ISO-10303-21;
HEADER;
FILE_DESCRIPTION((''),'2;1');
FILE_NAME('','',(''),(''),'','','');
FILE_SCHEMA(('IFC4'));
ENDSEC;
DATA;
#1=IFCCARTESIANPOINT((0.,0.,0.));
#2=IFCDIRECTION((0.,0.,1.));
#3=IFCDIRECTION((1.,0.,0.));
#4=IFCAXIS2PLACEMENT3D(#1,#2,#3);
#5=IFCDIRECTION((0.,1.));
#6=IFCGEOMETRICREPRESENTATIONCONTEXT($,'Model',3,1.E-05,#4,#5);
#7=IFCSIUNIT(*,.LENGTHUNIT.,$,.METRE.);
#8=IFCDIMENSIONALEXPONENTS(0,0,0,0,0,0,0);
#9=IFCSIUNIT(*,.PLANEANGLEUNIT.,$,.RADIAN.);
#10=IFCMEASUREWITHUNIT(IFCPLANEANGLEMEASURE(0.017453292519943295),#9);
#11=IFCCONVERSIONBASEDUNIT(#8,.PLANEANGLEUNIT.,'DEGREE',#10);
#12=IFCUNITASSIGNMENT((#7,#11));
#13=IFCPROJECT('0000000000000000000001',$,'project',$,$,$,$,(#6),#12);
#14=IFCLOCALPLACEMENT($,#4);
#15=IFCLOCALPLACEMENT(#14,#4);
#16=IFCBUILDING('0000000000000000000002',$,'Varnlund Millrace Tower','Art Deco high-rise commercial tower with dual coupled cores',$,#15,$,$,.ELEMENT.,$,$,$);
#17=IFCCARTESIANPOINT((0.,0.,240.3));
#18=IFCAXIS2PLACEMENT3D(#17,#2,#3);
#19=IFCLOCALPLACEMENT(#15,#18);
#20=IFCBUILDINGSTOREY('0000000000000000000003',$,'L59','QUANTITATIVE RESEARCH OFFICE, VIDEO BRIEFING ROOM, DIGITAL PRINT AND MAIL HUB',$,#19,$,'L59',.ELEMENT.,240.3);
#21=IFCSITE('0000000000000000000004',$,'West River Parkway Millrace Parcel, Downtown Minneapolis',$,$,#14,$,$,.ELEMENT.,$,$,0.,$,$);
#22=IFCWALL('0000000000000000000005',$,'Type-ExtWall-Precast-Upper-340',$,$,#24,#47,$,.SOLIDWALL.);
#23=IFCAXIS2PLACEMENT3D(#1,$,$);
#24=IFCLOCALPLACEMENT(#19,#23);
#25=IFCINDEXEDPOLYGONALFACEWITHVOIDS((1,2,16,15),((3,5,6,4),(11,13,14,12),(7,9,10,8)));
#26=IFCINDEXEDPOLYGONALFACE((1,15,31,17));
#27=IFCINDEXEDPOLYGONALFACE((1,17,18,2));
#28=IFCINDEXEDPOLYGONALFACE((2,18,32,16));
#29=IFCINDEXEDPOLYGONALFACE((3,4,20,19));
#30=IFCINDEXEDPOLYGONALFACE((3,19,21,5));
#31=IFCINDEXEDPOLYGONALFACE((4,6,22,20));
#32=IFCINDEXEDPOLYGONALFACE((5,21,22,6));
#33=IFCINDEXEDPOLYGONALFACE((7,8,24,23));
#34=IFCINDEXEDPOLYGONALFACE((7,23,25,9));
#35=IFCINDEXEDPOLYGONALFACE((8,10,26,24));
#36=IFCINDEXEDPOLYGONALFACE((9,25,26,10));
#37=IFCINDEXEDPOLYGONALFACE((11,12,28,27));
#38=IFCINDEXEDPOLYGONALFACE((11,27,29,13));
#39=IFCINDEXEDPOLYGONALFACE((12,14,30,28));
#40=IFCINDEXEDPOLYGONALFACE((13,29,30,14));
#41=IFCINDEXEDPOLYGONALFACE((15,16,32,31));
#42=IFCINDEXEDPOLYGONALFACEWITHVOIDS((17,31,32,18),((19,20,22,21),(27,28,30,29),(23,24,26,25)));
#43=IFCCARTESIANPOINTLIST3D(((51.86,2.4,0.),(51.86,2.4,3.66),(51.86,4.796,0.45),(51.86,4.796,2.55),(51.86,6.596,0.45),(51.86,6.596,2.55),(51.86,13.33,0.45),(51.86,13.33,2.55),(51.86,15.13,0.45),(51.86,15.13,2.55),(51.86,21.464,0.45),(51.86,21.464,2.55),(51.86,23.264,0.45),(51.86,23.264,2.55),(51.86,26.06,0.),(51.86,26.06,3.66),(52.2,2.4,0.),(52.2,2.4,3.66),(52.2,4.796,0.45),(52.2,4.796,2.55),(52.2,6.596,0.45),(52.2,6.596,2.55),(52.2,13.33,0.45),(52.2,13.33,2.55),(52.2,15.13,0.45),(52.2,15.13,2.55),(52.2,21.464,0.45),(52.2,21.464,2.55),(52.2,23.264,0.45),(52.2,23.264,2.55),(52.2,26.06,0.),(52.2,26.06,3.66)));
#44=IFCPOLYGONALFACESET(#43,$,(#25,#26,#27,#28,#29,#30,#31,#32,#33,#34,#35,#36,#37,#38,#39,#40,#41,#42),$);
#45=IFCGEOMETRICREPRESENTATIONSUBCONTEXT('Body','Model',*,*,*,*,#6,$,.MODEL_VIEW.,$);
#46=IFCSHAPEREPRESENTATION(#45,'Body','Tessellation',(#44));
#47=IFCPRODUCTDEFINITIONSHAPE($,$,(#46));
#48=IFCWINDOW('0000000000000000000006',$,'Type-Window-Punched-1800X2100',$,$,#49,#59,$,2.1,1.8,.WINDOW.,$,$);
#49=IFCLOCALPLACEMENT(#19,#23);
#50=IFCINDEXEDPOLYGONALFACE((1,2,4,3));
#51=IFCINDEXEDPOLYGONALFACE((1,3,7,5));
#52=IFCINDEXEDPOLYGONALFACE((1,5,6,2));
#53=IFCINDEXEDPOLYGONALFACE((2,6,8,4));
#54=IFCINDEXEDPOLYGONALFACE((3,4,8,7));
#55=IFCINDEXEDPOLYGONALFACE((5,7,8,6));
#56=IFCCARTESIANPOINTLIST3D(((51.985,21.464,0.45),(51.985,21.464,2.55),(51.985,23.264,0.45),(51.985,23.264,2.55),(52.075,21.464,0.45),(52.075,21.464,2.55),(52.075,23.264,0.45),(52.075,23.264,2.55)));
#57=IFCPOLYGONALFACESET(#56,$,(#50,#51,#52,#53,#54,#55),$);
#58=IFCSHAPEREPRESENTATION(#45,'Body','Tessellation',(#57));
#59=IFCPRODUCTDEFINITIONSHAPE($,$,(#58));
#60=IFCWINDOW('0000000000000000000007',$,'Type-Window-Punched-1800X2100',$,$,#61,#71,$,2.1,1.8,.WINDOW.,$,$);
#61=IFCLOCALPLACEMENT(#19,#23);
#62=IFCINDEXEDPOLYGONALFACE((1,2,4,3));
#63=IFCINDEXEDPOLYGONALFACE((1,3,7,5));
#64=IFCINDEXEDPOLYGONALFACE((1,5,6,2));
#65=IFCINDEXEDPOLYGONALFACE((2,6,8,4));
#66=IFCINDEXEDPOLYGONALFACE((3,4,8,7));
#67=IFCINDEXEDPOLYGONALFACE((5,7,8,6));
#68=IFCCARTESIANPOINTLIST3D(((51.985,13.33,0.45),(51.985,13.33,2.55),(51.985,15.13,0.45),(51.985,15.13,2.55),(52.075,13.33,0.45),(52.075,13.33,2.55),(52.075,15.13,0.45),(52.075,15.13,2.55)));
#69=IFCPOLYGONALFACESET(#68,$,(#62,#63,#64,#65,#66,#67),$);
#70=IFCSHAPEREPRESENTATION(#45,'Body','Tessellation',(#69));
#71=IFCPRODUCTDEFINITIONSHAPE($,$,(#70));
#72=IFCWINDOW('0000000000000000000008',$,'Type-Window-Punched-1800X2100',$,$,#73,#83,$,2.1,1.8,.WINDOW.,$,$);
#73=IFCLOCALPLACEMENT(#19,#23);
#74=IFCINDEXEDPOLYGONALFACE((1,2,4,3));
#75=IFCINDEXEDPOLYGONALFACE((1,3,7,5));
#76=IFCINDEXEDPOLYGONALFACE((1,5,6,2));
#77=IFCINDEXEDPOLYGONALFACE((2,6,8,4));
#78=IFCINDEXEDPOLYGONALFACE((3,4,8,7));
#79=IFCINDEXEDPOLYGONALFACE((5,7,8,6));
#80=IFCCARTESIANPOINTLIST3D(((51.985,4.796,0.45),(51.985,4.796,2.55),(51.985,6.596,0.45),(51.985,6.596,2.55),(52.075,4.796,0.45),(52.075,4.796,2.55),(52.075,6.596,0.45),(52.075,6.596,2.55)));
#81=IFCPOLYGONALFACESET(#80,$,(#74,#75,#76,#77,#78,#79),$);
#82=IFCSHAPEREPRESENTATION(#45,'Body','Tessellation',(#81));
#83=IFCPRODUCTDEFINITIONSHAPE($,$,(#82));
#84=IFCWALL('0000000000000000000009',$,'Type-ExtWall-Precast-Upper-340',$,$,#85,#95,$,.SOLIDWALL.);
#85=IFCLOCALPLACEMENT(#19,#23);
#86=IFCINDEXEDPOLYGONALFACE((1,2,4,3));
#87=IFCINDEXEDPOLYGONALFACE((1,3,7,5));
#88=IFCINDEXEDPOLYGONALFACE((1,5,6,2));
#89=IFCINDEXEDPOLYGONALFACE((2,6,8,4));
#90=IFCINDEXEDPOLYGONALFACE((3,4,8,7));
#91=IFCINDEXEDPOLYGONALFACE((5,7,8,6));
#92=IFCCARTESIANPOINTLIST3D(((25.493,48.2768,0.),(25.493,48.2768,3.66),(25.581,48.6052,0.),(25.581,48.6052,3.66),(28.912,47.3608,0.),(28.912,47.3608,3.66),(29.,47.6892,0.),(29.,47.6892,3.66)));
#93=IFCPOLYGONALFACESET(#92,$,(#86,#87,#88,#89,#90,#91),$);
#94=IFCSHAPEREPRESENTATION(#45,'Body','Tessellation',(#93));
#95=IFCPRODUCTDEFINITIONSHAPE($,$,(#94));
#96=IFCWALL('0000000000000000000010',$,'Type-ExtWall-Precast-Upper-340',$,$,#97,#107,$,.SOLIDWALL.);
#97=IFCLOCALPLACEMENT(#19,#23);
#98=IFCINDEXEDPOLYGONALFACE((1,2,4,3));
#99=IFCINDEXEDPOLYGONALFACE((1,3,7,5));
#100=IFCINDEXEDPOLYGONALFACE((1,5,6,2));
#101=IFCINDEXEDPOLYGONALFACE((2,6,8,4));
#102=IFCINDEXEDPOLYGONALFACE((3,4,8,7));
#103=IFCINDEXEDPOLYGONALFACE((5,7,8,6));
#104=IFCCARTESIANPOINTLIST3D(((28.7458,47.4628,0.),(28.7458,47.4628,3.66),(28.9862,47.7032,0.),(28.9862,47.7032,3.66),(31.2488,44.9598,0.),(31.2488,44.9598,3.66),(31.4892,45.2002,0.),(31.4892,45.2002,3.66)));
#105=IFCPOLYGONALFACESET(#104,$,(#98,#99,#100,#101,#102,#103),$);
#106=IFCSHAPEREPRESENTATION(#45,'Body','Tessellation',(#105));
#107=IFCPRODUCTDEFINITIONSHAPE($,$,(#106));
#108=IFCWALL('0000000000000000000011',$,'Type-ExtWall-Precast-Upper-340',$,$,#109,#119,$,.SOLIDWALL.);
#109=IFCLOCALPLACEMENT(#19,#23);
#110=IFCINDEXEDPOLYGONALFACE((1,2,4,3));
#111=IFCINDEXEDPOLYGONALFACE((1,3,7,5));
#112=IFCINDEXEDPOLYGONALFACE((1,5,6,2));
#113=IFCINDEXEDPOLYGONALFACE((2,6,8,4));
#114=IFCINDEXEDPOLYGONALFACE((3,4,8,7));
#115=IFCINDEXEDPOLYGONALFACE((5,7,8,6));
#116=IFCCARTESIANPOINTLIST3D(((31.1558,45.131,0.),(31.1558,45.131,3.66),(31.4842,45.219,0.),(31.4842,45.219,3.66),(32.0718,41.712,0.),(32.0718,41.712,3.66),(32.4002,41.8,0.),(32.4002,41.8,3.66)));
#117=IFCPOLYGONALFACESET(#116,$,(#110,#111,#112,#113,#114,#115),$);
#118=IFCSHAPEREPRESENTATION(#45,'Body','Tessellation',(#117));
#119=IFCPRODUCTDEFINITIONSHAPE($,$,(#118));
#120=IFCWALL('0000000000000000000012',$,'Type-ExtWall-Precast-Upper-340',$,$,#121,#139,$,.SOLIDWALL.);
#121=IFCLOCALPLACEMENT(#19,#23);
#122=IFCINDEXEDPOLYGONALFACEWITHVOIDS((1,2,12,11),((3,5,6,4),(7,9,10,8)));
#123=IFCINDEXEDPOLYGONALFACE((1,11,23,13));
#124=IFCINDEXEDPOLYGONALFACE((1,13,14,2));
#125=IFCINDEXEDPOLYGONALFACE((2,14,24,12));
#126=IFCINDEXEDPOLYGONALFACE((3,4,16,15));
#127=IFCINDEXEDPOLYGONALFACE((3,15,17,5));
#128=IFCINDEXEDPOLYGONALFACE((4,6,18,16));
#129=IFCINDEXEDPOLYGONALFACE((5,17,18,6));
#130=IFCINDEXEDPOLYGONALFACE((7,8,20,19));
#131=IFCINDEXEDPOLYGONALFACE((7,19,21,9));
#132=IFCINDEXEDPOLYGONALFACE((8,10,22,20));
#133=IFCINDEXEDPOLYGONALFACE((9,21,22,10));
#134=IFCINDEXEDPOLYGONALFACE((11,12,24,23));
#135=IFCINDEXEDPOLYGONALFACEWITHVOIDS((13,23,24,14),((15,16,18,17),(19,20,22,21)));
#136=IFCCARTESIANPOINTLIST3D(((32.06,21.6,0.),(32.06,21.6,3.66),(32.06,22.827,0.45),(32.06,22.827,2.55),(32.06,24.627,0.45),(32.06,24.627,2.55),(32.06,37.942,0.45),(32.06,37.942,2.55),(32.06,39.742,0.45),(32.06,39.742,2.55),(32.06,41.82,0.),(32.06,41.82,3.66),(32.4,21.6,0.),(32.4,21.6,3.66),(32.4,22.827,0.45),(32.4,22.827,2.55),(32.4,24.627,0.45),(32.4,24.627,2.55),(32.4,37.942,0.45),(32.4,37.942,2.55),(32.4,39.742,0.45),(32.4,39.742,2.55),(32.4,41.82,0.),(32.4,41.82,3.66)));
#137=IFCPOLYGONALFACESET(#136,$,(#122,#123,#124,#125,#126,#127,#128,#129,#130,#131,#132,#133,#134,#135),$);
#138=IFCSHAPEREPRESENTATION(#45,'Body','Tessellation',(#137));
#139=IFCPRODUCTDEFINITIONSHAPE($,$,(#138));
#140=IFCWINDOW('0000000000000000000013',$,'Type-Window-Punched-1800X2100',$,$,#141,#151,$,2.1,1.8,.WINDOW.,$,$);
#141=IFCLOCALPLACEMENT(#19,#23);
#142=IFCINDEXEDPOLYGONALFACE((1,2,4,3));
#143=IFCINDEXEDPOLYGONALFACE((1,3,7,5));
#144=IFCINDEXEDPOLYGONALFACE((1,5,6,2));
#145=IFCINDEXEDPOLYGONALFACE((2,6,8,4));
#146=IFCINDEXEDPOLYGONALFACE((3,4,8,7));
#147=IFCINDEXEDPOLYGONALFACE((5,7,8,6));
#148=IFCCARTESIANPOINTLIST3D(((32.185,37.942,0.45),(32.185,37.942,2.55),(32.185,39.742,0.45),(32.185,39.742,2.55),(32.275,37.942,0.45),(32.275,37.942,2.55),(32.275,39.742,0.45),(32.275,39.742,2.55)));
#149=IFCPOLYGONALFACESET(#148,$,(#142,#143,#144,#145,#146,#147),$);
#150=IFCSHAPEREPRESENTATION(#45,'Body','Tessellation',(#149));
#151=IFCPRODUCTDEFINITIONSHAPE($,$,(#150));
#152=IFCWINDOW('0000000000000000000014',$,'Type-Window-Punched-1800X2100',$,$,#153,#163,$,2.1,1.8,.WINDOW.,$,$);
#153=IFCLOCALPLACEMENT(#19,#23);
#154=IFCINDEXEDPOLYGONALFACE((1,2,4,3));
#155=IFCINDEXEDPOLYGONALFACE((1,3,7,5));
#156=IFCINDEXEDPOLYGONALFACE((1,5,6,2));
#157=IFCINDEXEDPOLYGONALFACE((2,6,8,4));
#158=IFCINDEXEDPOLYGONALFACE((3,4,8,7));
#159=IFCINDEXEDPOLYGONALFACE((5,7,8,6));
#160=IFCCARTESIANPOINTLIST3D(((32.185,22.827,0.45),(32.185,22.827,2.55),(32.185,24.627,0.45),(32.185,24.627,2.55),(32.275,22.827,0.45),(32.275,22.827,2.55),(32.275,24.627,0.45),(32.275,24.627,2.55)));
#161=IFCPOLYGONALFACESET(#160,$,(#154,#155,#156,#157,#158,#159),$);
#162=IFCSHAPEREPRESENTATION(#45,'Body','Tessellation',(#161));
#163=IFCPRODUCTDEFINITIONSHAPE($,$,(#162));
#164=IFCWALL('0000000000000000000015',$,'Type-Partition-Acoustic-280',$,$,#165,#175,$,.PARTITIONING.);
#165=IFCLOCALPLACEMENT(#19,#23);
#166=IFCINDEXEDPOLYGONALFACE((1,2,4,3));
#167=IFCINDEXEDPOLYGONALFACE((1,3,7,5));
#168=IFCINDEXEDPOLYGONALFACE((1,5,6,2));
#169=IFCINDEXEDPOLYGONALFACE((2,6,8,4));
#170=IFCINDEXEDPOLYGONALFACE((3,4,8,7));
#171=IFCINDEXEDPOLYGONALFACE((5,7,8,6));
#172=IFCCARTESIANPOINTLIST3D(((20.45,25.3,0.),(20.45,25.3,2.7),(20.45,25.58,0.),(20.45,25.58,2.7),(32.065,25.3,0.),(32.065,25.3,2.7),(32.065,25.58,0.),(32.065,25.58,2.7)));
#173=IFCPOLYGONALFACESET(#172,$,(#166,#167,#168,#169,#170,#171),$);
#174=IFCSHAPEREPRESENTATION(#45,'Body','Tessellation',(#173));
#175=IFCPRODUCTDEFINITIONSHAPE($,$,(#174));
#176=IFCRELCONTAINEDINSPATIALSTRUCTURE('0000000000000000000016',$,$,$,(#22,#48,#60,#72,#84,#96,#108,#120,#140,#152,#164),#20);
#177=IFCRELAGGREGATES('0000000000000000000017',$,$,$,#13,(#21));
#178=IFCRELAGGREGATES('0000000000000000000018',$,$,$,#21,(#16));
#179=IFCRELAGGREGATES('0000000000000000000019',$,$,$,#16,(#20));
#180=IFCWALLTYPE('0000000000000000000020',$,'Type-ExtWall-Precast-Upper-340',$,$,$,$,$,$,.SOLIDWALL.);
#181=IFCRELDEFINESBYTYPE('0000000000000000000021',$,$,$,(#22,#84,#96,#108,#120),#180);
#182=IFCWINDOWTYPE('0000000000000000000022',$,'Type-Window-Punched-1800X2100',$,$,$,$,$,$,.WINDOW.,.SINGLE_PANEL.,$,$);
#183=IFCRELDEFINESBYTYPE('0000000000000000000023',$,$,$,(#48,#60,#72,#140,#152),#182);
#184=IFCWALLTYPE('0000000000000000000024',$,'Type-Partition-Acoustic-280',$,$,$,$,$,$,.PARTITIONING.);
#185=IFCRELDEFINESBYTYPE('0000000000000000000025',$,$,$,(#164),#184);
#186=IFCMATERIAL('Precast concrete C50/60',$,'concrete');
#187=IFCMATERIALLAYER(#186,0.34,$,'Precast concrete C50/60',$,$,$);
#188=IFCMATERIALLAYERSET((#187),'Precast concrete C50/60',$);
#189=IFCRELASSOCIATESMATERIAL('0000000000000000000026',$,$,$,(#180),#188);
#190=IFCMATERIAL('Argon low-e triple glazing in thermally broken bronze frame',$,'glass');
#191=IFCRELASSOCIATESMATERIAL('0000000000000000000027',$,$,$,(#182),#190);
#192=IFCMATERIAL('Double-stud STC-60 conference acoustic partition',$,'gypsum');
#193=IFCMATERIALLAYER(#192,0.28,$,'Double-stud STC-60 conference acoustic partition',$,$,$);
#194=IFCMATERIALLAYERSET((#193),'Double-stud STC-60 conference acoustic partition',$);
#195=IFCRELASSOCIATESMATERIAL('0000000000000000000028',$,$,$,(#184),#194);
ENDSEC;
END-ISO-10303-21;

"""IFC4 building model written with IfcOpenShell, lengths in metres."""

from ifc_helpers import new_model, entity, si_unit, converted_unit, direction, frame, origin_with_axes, origin_2d_with_axis, place, context, subcontext, project, spatial, polyline, rectangle, outline, extrude, material, layer, layer_set, type_object, element, fill, save


model = new_model("IFC4")

# Units and contexts
model_context = context("Model", 3, precision=1e-05, world=origin_with_axes(), true_north=direction((0.0, 1.0)))
body_context = subcontext(model_context, "Body", "Model", "MODEL_VIEW")
ifc_project = project(units=[si_unit("LENGTHUNIT", "METRE"), converted_unit("PLANEANGLEUNIT", "DEGREE", entity("IfcPlaneAngleMeasure", 0.017453292519943295), si_unit("PLANEANGLEUNIT", "RADIAN"), dimensions=[0, 0, 0, 0, 0, 0, 0])], contexts=[model_context])

# Site, building, storey
site_placement = place(None, origin_with_axes())
site = spatial("IfcSite", under=ifc_project, at=site_placement, Name="West River Parkway Millrace Parcel, Downtown Minneapolis", CompositionType="ELEMENT", RefElevation=0.0)
building_placement = place(site_placement, origin_with_axes())
building = spatial("IfcBuilding", under=site, at=building_placement, Name="Varnlund Millrace Tower", Description="Art Deco high-rise commercial tower with dual coupled cores", CompositionType="ELEMENT")
storey_placement = place(building_placement, frame((0.0, 0.0, 240.3), z_axis=(0.0, 0.0, 1.0), x_axis=(1.0, 0.0, 0.0)))
storey = spatial("IfcBuildingStorey", under=building, at=storey_placement, Name="L59", Description="QUANTITATIVE RESEARCH OFFICE, VIDEO BRIEFING ROOM, DIGITAL PRINT AND MAIL HUB", LongName="L59", CompositionType="ELEMENT", Elevation=240.3)

# Shared definitions
ifc_material_1 = material(Name="Precast concrete C50/60", Category="concrete")
ifc_layer_1 = layer(ifc_material_1, 0.34, Name="Precast concrete C50/60")
ifc_layer_set_1 = layer_set([ifc_layer_1], Name="Precast concrete C50/60")
wall_type_1 = type_object("IfcWallType", Name="Type-ExtWall-Precast-Upper-340", PredefinedType="SOLIDWALL", material=ifc_layer_set_1)
ifc_material_2 = material(Name="Argon low-e triple glazing in thermally broken bronze frame", Category="glass")
window_type = type_object("IfcWindowType", Name="Type-Window-Punched-1800X2100", PartitioningType="SINGLE_PANEL", PredefinedType="WINDOW", material=ifc_material_2)

# Wall, openings, windows
wall_1_placement = place(storey_placement, frame((52.03, 26.06, 0.0), z_axis=(0.0, 0.0, 1.0), x_axis=(0.0, -1.0, 0.0)))
wall_1 = element("IfcWall", 1, at=wall_1_placement, inside=storey, type_object=wall_type_1, Name="Type-ExtWall-Precast-Upper-340", PredefinedType="SOLIDWALL", context=body_context, shape_type="SweptSolid", body=[
    extrude(outline(polyline([(0.0, -0.17), (23.66, -0.17), (23.66, 0.17), (0.0, 0.17), (0.0, -0.17)])), origin_with_axes(), (0.0, 0.0, 1.0), 3.66),
])
opening_1_placement = place(wall_1_placement, frame((3.696, 0.0, 0.45), z_axis=(0.0, 0.0, 1.0), x_axis=(1.0, 0.0, 0.0)))
opening_1 = element("IfcOpeningElement", 2, at=opening_1_placement, cuts=wall_1, PredefinedType="OPENING", context=body_context, shape_type="SweptSolid", body=[
    extrude(rectangle(XDim=1.8, YDim=0.36, at=origin_2d_with_axis()), origin_with_axes(), (0.0, 0.0, 1.0), 2.1),
])
opening_2_placement = place(wall_1_placement, frame((11.83, 0.0, 0.45), z_axis=(0.0, 0.0, 1.0), x_axis=(1.0, 0.0, 0.0)))
opening_2 = element("IfcOpeningElement", 3, at=opening_2_placement, cuts=wall_1, PredefinedType="OPENING", context=body_context, shape_type="SweptSolid", body=[
    extrude(rectangle(XDim=1.8, YDim=0.36, at=origin_2d_with_axis()), origin_with_axes(), (0.0, 0.0, 1.0), 2.1),
])
opening_3_placement = place(wall_1_placement, frame((20.364, 0.0, 0.45), z_axis=(0.0, 0.0, 1.0), x_axis=(1.0, 0.0, 0.0)))
opening_3 = element("IfcOpeningElement", 4, at=opening_3_placement, cuts=wall_1, PredefinedType="OPENING", context=body_context, shape_type="SweptSolid", body=[
    extrude(rectangle(XDim=1.8, YDim=0.36, at=origin_2d_with_axis()), origin_with_axes(), (0.0, 0.0, 1.0), 2.1),
])
window_1_placement = place(wall_1_placement, frame((3.696, 0.0, 0.45), z_axis=(0.0, 0.0, 1.0), x_axis=(1.0, 0.0, 0.0)))
window_1 = element("IfcWindow", 5, at=window_1_placement, inside=storey, type_object=window_type, Name="Type-Window-Punched-1800X2100", OverallHeight=2.1, OverallWidth=1.8, PredefinedType="WINDOW", context=body_context, shape_type="SweptSolid", body=[
    extrude(rectangle(XDim=1.8, YDim=0.09, at=origin_2d_with_axis()), origin_with_axes(), (0.0, 0.0, 1.0), 2.1),
])
fill(opening_1, window_1)
window_2_placement = place(wall_1_placement, frame((11.83, 0.0, 0.45), z_axis=(0.0, 0.0, 1.0), x_axis=(1.0, 0.0, 0.0)))
window_2 = element("IfcWindow", 6, at=window_2_placement, inside=storey, type_object=window_type, Name="Type-Window-Punched-1800X2100", OverallHeight=2.1, OverallWidth=1.8, PredefinedType="WINDOW", context=body_context, shape_type="SweptSolid", body=[
    extrude(rectangle(XDim=1.8, YDim=0.09, at=origin_2d_with_axis()), origin_with_axes(), (0.0, 0.0, 1.0), 2.1),
])
fill(opening_2, window_2)
window_3_placement = place(wall_1_placement, frame((20.364, 0.0, 0.45), z_axis=(0.0, 0.0, 1.0), x_axis=(1.0, 0.0, 0.0)))
window_3 = element("IfcWindow", 7, at=window_3_placement, inside=storey, type_object=window_type, Name="Type-Window-Punched-1800X2100", OverallHeight=2.1, OverallWidth=1.8, PredefinedType="WINDOW", context=body_context, shape_type="SweptSolid", body=[
    extrude(rectangle(XDim=1.8, YDim=0.09, at=origin_2d_with_axis()), origin_with_axes(), (0.0, 0.0, 1.0), 2.1),
])
fill(opening_3, window_3)

# Walls
wall_2_placement = place(storey_placement, frame((25.537, 48.441, 0.0), z_axis=(0.0, 0.0, 1.0), x_axis=(0.965934, -0.258788, 0.0)))
element("IfcWall", 8, at=wall_2_placement, inside=storey, type_object=wall_type_1, Name="Type-ExtWall-Precast-Upper-340", PredefinedType="SOLIDWALL", context=body_context, shape_type="SweptSolid", body=[
    extrude(outline(polyline([(0.0, -0.17), (3.5396, -0.17), (3.5396, 0.17), (0.0, 0.17), (0.0, -0.17)])), origin_with_axes(), (0.0, 0.0, 1.0), 3.66),
])
wall_3_placement = place(storey_placement, frame((28.866, 47.583, 0.0), z_axis=(0.0, 0.0, 1.0), x_axis=(0.707107, -0.707107, 0.0)))
element("IfcWall", 9, at=wall_3_placement, inside=storey, type_object=wall_type_1, Name="Type-ExtWall-Precast-Upper-340", PredefinedType="SOLIDWALL", context=body_context, shape_type="SweptSolid", body=[
    extrude(outline(polyline([(0.0, -0.17), (3.5398, -0.17), (3.5398, 0.17), (0.0, 0.17), (0.0, -0.17)])), origin_with_axes(), (0.0, 0.0, 1.0), 3.66),
])
wall_4_placement = place(storey_placement, frame((31.32, 45.175, 0.0), z_axis=(0.0, 0.0, 1.0), x_axis=(0.258788, -0.965934, 0.0)))
element("IfcWall", 10, at=wall_4_placement, inside=storey, type_object=wall_type_1, Name="Type-ExtWall-Precast-Upper-340", PredefinedType="SOLIDWALL", context=body_context, shape_type="SweptSolid", body=[
    extrude(outline(polyline([(0.0, -0.17), (3.5396, -0.17), (3.5396, 0.17), (0.0, 0.17), (0.0, -0.17)])), origin_with_axes(), (0.0, 0.0, 1.0), 3.66),
])

# Wall, openings, windows
wall_5_placement = place(storey_placement, frame((32.23, 41.82, 0.0), z_axis=(0.0, 0.0, 1.0), x_axis=(0.0, -1.0, 0.0)))
wall_5 = element("IfcWall", 11, at=wall_5_placement, inside=storey, type_object=wall_type_1, Name="Type-ExtWall-Precast-Upper-340", PredefinedType="SOLIDWALL", context=body_context, shape_type="SweptSolid", body=[
    extrude(outline(polyline([(0.0, -0.17), (20.22, -0.17), (20.22, 0.17), (0.0, 0.17), (0.0, -0.17)])), origin_with_axes(), (0.0, 0.0, 1.0), 3.66),
])
opening_4_placement = place(wall_5_placement, frame((2.978, 0.0, 0.45), z_axis=(0.0, 0.0, 1.0), x_axis=(1.0, 0.0, 0.0)))
opening_4 = element("IfcOpeningElement", 12, at=opening_4_placement, cuts=wall_5, PredefinedType="OPENING", context=body_context, shape_type="SweptSolid", body=[
    extrude(rectangle(XDim=1.8, YDim=0.36, at=origin_2d_with_axis()), origin_with_axes(), (0.0, 0.0, 1.0), 2.1),
])
opening_5_placement = place(wall_5_placement, frame((18.093, 0.0, 0.45), z_axis=(0.0, 0.0, 1.0), x_axis=(1.0, 0.0, 0.0)))
opening_5 = element("IfcOpeningElement", 13, at=opening_5_placement, cuts=wall_5, PredefinedType="OPENING", context=body_context, shape_type="SweptSolid", body=[
    extrude(rectangle(XDim=1.8, YDim=0.36, at=origin_2d_with_axis()), origin_with_axes(), (0.0, 0.0, 1.0), 2.1),
])
window_4_placement = place(wall_5_placement, frame((2.978, 0.0, 0.45), z_axis=(0.0, 0.0, 1.0), x_axis=(1.0, 0.0, 0.0)))
window_4 = element("IfcWindow", 14, at=window_4_placement, inside=storey, type_object=window_type, Name="Type-Window-Punched-1800X2100", OverallHeight=2.1, OverallWidth=1.8, PredefinedType="WINDOW", context=body_context, shape_type="SweptSolid", body=[
    extrude(rectangle(XDim=1.8, YDim=0.09, at=origin_2d_with_axis()), origin_with_axes(), (0.0, 0.0, 1.0), 2.1),
])
fill(opening_4, window_4)
window_5_placement = place(wall_5_placement, frame((18.093, 0.0, 0.45), z_axis=(0.0, 0.0, 1.0), x_axis=(1.0, 0.0, 0.0)))
window_5 = element("IfcWindow", 15, at=window_5_placement, inside=storey, type_object=window_type, Name="Type-Window-Punched-1800X2100", OverallHeight=2.1, OverallWidth=1.8, PredefinedType="WINDOW", context=body_context, shape_type="SweptSolid", body=[
    extrude(rectangle(XDim=1.8, YDim=0.09, at=origin_2d_with_axis()), origin_with_axes(), (0.0, 0.0, 1.0), 2.1),
])
fill(opening_5, window_5)

# Wall
ifc_material_3 = material(Name="Double-stud STC-60 conference acoustic partition", Category="gypsum")
ifc_layer_2 = layer(ifc_material_3, 0.28, Name="Double-stud STC-60 conference acoustic partition")
ifc_layer_set_2 = layer_set([ifc_layer_2], Name="Double-stud STC-60 conference acoustic partition")
wall_type_2 = type_object("IfcWallType", Name="Type-Partition-Acoustic-280", PredefinedType="PARTITIONING", material=ifc_layer_set_2)
wall_6_placement = place(storey_placement, frame((20.45, 25.44, 0.0), z_axis=(0.0, 0.0, 1.0), x_axis=(1.0, 0.0, 0.0)))
element("IfcWall", 16, at=wall_6_placement, inside=storey, type_object=wall_type_2, Name="Type-Partition-Acoustic-280", PredefinedType="PARTITIONING", context=body_context, shape_type="SweptSolid", body=[
    extrude(outline(polyline([(0.0, -0.14), (11.615, -0.14), (11.615, 0.14), (0.0, 0.14), (0.0, -0.14)])), origin_with_axes(), (0.0, 0.0, 1.0), 2.7),
])

save(model, "model.ifc")
